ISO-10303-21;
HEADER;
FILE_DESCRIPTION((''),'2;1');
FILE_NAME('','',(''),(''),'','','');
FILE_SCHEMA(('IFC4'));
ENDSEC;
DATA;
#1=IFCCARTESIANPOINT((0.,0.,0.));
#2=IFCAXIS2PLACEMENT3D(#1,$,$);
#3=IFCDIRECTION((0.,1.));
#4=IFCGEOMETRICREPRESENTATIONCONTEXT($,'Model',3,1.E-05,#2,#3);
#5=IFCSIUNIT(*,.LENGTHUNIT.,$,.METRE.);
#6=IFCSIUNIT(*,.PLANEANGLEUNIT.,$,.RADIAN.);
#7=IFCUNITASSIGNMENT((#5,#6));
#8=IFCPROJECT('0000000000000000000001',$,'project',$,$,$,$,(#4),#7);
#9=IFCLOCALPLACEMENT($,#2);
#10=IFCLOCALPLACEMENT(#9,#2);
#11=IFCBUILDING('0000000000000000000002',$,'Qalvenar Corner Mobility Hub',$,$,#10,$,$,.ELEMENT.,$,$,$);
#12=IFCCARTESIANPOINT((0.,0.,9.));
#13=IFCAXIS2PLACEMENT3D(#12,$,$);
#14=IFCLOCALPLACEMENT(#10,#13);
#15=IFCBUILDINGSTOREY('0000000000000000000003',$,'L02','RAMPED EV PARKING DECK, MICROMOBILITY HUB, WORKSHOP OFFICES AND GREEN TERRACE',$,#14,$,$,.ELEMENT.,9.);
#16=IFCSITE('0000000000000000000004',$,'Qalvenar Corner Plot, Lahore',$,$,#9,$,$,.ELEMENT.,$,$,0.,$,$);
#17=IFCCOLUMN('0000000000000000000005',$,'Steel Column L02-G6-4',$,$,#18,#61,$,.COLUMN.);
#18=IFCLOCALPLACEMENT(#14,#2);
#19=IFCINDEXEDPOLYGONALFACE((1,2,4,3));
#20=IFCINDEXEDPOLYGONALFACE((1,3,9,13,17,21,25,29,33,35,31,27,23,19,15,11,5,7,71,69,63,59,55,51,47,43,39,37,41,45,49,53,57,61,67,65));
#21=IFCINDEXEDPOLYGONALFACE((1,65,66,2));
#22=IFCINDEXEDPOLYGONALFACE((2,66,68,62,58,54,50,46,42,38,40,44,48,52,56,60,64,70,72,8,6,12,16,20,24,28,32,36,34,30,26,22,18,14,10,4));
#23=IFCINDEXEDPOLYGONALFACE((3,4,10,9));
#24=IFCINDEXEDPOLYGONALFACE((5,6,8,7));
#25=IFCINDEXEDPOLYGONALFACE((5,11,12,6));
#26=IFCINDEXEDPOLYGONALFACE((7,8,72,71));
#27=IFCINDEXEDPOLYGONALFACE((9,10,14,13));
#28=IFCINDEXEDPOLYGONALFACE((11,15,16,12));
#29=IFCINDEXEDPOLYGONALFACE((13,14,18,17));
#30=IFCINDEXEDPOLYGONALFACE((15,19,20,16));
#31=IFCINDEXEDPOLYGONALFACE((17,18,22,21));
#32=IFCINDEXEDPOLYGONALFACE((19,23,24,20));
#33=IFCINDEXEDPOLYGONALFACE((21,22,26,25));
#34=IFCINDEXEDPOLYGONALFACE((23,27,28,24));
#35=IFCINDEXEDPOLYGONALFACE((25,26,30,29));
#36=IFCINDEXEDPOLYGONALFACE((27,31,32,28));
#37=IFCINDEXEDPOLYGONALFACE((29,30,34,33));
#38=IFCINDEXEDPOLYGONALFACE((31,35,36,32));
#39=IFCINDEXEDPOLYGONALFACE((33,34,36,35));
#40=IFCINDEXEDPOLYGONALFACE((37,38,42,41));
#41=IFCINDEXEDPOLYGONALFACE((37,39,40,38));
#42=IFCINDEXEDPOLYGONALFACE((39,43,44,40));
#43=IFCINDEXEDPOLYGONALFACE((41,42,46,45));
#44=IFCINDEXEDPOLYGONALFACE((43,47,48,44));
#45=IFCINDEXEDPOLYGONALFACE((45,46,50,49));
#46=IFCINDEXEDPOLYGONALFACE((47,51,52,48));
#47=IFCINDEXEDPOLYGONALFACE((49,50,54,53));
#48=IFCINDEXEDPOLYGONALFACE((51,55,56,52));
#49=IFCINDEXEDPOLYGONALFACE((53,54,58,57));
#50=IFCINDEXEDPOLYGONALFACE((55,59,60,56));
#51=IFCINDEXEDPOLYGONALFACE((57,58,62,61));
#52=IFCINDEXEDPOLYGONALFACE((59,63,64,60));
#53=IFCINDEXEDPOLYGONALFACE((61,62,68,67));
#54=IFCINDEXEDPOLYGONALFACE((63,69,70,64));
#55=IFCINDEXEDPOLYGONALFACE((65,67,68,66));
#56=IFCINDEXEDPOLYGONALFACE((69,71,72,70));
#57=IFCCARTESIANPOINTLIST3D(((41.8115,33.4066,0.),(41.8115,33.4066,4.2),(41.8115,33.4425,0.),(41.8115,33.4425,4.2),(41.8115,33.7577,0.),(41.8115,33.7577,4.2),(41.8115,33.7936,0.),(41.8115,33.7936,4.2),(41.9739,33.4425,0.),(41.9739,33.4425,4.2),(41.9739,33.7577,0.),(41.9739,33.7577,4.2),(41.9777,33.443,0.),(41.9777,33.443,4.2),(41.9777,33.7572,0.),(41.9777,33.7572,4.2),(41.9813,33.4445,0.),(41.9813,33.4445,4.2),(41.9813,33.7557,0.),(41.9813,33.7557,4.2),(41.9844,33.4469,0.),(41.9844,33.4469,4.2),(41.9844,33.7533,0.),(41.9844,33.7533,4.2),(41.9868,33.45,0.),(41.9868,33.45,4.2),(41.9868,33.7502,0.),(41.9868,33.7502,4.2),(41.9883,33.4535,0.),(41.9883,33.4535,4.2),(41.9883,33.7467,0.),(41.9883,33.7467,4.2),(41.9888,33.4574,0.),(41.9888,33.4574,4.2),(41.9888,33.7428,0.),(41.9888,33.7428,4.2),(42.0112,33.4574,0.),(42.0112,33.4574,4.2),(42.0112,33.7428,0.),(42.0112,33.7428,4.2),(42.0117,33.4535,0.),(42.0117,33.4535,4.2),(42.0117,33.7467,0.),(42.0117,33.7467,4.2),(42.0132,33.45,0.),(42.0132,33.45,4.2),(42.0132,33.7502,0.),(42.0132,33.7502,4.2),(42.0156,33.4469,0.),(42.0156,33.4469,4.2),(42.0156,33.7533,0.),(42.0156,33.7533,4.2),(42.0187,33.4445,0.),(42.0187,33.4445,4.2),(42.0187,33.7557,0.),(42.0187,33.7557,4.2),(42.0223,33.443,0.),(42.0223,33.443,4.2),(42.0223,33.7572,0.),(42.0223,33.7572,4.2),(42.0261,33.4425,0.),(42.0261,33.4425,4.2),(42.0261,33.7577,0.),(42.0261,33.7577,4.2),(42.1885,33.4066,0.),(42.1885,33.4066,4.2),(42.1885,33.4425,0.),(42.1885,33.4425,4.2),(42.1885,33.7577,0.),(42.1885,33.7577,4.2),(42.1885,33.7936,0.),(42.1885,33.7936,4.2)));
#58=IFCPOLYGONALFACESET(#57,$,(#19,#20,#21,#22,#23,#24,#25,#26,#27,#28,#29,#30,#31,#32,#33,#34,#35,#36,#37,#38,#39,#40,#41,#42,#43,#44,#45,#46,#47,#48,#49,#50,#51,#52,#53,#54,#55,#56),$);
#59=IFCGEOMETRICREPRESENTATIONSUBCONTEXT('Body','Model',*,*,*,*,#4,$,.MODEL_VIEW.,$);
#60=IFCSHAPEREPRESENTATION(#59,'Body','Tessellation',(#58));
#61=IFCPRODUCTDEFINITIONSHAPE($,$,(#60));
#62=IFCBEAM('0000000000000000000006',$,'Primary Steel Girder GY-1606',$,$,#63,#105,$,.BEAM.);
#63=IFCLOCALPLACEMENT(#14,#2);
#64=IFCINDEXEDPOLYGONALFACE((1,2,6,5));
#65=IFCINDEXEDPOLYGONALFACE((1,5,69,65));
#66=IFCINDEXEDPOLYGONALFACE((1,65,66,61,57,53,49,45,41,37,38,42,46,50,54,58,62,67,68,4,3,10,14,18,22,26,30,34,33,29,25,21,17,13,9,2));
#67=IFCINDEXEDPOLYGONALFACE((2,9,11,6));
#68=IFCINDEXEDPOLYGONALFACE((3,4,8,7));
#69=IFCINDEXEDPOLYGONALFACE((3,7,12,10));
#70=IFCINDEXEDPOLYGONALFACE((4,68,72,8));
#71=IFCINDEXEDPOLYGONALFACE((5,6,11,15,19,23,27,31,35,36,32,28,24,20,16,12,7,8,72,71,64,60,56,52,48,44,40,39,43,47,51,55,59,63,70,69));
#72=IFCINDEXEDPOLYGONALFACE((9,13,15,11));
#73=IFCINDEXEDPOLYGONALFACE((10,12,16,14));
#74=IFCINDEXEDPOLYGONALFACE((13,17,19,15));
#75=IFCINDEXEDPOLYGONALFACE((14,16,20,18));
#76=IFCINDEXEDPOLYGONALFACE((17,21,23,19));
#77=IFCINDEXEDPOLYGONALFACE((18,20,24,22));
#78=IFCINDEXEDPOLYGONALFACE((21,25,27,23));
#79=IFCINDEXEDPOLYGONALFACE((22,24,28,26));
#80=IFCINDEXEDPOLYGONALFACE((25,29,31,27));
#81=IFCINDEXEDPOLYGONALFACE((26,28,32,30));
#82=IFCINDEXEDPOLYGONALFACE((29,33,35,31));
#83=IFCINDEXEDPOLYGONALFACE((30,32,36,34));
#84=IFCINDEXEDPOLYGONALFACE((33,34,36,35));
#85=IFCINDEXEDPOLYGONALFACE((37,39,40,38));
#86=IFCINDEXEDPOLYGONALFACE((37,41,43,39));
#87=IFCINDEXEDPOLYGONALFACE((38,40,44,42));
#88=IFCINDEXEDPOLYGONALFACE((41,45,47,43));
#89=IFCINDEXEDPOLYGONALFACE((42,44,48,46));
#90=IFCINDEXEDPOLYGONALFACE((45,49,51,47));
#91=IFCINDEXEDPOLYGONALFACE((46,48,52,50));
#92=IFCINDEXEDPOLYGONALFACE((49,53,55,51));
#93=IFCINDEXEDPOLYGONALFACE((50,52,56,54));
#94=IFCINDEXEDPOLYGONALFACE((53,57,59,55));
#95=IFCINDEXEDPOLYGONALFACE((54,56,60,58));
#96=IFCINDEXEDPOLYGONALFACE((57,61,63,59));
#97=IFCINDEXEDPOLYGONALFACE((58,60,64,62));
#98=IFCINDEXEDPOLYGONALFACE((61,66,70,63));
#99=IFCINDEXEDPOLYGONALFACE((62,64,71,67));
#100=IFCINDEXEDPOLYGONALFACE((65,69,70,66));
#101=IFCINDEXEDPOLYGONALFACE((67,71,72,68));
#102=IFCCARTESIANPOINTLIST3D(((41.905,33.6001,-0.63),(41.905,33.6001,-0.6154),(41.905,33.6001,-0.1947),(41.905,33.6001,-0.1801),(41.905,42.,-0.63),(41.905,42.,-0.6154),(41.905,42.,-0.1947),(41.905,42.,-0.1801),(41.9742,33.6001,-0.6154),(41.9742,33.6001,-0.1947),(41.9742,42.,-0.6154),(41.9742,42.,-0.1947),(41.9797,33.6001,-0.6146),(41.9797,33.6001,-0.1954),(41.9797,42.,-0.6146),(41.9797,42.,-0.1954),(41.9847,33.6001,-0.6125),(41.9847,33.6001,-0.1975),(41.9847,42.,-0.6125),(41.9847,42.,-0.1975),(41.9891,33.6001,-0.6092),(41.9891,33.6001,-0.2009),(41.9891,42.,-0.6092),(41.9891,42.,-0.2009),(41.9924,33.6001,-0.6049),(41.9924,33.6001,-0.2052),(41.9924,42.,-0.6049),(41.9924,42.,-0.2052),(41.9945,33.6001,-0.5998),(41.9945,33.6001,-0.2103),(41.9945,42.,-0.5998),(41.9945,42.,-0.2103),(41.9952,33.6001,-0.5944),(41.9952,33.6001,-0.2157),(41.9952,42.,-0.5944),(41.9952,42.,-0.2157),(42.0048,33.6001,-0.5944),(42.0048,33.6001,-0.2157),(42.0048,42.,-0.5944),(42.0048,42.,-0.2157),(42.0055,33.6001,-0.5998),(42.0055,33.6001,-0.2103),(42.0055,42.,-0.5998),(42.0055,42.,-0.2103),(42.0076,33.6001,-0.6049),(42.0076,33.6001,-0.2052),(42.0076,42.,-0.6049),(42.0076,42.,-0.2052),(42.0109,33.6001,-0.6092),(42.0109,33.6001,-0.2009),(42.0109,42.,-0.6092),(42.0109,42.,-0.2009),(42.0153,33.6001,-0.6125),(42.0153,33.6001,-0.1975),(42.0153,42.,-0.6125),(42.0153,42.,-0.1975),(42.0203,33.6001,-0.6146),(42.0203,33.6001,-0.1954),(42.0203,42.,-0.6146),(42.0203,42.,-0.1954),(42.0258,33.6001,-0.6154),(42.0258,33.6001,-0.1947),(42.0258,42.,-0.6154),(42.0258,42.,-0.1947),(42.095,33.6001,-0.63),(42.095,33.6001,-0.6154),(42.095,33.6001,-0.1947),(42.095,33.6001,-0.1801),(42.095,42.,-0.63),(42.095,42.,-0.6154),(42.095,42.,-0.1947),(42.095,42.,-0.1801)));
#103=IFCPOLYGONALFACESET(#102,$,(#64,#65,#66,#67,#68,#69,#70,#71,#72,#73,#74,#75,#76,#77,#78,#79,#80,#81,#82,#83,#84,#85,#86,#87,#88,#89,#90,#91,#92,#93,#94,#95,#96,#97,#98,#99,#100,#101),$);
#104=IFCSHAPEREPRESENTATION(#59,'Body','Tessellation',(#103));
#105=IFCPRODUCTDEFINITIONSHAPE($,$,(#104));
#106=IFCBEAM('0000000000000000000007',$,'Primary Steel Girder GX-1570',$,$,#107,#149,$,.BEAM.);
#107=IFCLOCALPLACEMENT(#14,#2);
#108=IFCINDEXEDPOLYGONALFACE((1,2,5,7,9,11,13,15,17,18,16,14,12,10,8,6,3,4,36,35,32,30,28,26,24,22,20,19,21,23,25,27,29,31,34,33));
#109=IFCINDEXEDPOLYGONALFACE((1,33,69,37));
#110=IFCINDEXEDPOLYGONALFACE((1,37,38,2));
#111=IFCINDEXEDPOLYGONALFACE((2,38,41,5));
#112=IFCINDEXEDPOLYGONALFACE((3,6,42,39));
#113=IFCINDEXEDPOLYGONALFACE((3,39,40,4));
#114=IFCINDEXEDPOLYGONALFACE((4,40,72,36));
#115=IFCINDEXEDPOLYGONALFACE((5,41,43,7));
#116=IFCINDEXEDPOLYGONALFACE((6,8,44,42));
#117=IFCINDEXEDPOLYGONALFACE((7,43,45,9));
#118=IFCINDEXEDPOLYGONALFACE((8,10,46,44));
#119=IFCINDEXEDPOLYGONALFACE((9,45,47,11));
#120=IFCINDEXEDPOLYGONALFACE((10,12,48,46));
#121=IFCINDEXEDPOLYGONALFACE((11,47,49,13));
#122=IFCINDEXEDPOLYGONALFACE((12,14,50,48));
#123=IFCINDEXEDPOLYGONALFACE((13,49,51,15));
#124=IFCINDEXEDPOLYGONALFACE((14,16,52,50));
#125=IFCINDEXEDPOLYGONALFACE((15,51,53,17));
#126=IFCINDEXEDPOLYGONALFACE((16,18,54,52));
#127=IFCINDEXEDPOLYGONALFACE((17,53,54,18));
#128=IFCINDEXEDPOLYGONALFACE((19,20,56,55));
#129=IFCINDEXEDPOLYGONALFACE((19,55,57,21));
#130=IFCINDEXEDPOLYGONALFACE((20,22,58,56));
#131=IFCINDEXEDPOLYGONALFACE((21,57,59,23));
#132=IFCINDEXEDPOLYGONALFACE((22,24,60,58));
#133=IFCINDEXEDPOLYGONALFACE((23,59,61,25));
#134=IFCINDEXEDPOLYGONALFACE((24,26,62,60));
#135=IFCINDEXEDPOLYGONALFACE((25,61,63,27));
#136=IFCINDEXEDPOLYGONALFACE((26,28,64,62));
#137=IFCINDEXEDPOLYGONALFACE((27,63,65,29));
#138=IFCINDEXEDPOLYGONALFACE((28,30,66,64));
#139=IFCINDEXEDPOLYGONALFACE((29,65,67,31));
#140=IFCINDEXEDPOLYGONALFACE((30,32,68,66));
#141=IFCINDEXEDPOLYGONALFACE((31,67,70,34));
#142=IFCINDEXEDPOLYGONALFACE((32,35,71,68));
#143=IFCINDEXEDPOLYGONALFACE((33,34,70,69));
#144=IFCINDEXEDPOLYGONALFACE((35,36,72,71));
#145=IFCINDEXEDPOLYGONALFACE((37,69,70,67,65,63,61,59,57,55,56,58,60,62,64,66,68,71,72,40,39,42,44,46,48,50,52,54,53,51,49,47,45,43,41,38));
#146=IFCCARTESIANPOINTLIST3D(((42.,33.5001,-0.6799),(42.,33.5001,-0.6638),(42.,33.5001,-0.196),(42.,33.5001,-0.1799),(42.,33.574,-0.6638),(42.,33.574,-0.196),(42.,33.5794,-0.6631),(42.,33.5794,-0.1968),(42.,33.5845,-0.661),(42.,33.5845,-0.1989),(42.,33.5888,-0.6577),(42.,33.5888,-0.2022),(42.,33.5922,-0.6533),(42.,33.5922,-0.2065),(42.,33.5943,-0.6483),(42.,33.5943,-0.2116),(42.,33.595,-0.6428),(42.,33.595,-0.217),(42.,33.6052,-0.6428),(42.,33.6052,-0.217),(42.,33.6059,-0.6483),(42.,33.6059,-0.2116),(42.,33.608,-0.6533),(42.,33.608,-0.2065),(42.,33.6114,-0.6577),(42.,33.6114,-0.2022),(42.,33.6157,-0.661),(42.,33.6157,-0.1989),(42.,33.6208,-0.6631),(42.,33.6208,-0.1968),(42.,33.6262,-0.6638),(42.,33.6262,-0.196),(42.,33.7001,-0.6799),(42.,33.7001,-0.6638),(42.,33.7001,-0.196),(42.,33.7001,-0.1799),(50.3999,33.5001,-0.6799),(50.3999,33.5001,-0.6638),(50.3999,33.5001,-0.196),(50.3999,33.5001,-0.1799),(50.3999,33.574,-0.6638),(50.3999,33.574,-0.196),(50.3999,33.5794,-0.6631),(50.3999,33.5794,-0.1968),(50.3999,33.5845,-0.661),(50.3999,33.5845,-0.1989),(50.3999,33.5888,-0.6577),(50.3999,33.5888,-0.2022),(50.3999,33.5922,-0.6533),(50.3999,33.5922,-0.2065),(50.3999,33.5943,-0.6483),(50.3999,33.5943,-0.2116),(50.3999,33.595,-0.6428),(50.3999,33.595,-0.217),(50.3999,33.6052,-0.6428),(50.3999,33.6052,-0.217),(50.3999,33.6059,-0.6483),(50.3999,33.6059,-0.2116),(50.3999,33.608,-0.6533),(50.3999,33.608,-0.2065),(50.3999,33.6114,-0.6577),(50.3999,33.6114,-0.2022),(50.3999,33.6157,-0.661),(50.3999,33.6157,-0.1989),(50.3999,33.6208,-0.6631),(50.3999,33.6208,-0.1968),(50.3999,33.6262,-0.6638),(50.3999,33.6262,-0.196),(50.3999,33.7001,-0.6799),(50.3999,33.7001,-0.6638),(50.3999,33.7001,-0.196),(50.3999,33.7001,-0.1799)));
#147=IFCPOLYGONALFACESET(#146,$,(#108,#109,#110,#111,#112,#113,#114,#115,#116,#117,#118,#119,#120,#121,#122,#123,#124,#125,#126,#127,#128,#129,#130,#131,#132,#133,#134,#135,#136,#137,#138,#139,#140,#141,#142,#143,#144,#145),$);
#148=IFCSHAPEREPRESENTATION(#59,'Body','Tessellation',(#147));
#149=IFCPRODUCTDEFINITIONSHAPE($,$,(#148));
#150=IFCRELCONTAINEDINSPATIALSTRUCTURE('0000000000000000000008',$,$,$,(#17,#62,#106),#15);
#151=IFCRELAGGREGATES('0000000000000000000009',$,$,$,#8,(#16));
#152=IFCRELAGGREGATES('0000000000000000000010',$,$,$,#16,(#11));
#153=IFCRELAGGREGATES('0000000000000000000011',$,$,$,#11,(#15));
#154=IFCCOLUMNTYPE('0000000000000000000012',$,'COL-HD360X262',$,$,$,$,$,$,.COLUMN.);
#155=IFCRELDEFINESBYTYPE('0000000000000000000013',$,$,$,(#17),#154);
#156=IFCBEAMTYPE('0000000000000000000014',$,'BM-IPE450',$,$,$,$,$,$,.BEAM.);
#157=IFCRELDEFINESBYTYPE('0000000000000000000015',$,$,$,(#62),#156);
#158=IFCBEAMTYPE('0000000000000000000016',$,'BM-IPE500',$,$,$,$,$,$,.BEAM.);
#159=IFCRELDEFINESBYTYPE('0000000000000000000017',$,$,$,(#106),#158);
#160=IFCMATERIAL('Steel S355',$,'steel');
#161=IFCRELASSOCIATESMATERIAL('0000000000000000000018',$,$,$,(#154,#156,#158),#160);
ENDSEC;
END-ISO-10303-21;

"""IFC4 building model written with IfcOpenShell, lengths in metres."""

from ifc_helpers import new_model, si_unit, direction, frame, origin, origin_2d, place, context, subcontext, project, spatial, i_section, extrude, material, material_profile, profile_set, type_object, element, save


model = new_model("IFC4")

# Units and contexts
model_context = context("Model", 3, precision=1e-05, world=origin(), true_north=direction((0.0, 1.0)))
body_context = subcontext(model_context, "Body", "Model", "MODEL_VIEW")
ifc_project = project(units=[si_unit("LENGTHUNIT", "METRE"), si_unit("PLANEANGLEUNIT", "RADIAN")], contexts=[model_context])

# Site, building, storey
site_placement = place(None, origin())
site = spatial("IfcSite", under=ifc_project, at=site_placement, Name="Qalvenar Corner Plot, Lahore", CompositionType="ELEMENT", RefElevation=0.0)
building_placement = place(site_placement, origin())
building = spatial("IfcBuilding", under=site, at=building_placement, Name="Qalvenar Corner Mobility Hub", CompositionType="ELEMENT")
storey_placement = place(building_placement, frame((0.0, 0.0, 9.0)))
storey = spatial("IfcBuildingStorey", under=building, at=storey_placement, Name="L02", Description="RAMPED EV PARKING DECK, MICROMOBILITY HUB, WORKSHOP OFFICES AND GREEN TERRACE", CompositionType="ELEMENT", Elevation=9.0)

# Column
ifc_material_1 = material(Name="Steel S355", Category="steel")
ifc_material_profile_1 = material_profile(ifc_material_1, i_section(OverallWidth=0.377, OverallDepth=0.387, WebThickness=0.0225, FlangeThickness=0.0359, FilletRadius=0.0149, at=origin_2d()), Name="HD360x262")
ifc_profile_set_1 = profile_set([ifc_material_profile_1], Name="Steel S355")
column_type = type_object("IfcColumnType", Name="COL-HD360X262", PredefinedType="COLUMN", material=ifc_profile_set_1)
column_placement = place(storey_placement, frame((42.0, 33.6001, 0.0), z_axis=(0.0, 0.0, 1.0), x_axis=(1.0, 0.0, 0.0)))
element("IfcColumn", 1, at=column_placement, inside=storey, type_object=column_type, Name="Steel Column L02-G6-4", PredefinedType="COLUMN", context=body_context, shape_type="SweptSolid", body=[
    extrude(i_section(OverallWidth=0.377, OverallDepth=0.387, WebThickness=0.0225, FlangeThickness=0.0359, FilletRadius=0.0149, at=origin_2d()), origin(), (0.0, 0.0, 1.0), 4.2),
])

# Beams
ifc_material_profile_2 = material_profile(ifc_material_1, i_section(OverallWidth=0.1899, OverallDepth=0.45, WebThickness=0.0095, FlangeThickness=0.0146, FilletRadius=0.021, at=origin_2d()), Name="IPE450")
ifc_profile_set_2 = profile_set([ifc_material_profile_2], Name="Steel S355")
beam_type_1 = type_object("IfcBeamType", Name="BM-IPE450", PredefinedType="BEAM", material=ifc_profile_set_2)
beam_1_placement = place(storey_placement, frame((42.0, 33.6001, -0.405), z_axis=(0.0, 1.0, 0.0), x_axis=(-1.0, 0.0, 0.0)))
element("IfcBeam", 2, at=beam_1_placement, inside=storey, type_object=beam_type_1, Name="Primary Steel Girder GY-1606", PredefinedType="BEAM", context=body_context, shape_type="SweptSolid", body=[
    extrude(i_section(OverallWidth=0.1899, OverallDepth=0.45, WebThickness=0.0095, FlangeThickness=0.0146, FilletRadius=0.021, at=origin_2d()), origin(), (0.0, 0.0, 1.0), 8.3999),
])
ifc_material_profile_3 = material_profile(ifc_material_1, i_section(OverallWidth=0.2, OverallDepth=0.5, WebThickness=0.0103, FlangeThickness=0.0161, FilletRadius=0.021, at=origin_2d()), Name="IPE500")
ifc_profile_set_3 = profile_set([ifc_material_profile_3], Name="Steel S355")
beam_type_2 = type_object("IfcBeamType", Name="BM-IPE500", PredefinedType="BEAM", material=ifc_profile_set_3)
beam_2_placement = place(storey_placement, frame((42.0, 33.6001, -0.4299), z_axis=(1.0, 0.0, 0.0), x_axis=(0.0, 1.0, 0.0)))
element("IfcBeam", 3, at=beam_2_placement, inside=storey, type_object=beam_type_2, Name="Primary Steel Girder GX-1570", PredefinedType="BEAM", context=body_context, shape_type="SweptSolid", body=[
    extrude(i_section(OverallWidth=0.2, OverallDepth=0.5, WebThickness=0.0103, FlangeThickness=0.0161, FilletRadius=0.021, at=origin_2d()), origin(), (0.0, 0.0, 1.0), 8.3999),
])

save(model, "model.ifc")
